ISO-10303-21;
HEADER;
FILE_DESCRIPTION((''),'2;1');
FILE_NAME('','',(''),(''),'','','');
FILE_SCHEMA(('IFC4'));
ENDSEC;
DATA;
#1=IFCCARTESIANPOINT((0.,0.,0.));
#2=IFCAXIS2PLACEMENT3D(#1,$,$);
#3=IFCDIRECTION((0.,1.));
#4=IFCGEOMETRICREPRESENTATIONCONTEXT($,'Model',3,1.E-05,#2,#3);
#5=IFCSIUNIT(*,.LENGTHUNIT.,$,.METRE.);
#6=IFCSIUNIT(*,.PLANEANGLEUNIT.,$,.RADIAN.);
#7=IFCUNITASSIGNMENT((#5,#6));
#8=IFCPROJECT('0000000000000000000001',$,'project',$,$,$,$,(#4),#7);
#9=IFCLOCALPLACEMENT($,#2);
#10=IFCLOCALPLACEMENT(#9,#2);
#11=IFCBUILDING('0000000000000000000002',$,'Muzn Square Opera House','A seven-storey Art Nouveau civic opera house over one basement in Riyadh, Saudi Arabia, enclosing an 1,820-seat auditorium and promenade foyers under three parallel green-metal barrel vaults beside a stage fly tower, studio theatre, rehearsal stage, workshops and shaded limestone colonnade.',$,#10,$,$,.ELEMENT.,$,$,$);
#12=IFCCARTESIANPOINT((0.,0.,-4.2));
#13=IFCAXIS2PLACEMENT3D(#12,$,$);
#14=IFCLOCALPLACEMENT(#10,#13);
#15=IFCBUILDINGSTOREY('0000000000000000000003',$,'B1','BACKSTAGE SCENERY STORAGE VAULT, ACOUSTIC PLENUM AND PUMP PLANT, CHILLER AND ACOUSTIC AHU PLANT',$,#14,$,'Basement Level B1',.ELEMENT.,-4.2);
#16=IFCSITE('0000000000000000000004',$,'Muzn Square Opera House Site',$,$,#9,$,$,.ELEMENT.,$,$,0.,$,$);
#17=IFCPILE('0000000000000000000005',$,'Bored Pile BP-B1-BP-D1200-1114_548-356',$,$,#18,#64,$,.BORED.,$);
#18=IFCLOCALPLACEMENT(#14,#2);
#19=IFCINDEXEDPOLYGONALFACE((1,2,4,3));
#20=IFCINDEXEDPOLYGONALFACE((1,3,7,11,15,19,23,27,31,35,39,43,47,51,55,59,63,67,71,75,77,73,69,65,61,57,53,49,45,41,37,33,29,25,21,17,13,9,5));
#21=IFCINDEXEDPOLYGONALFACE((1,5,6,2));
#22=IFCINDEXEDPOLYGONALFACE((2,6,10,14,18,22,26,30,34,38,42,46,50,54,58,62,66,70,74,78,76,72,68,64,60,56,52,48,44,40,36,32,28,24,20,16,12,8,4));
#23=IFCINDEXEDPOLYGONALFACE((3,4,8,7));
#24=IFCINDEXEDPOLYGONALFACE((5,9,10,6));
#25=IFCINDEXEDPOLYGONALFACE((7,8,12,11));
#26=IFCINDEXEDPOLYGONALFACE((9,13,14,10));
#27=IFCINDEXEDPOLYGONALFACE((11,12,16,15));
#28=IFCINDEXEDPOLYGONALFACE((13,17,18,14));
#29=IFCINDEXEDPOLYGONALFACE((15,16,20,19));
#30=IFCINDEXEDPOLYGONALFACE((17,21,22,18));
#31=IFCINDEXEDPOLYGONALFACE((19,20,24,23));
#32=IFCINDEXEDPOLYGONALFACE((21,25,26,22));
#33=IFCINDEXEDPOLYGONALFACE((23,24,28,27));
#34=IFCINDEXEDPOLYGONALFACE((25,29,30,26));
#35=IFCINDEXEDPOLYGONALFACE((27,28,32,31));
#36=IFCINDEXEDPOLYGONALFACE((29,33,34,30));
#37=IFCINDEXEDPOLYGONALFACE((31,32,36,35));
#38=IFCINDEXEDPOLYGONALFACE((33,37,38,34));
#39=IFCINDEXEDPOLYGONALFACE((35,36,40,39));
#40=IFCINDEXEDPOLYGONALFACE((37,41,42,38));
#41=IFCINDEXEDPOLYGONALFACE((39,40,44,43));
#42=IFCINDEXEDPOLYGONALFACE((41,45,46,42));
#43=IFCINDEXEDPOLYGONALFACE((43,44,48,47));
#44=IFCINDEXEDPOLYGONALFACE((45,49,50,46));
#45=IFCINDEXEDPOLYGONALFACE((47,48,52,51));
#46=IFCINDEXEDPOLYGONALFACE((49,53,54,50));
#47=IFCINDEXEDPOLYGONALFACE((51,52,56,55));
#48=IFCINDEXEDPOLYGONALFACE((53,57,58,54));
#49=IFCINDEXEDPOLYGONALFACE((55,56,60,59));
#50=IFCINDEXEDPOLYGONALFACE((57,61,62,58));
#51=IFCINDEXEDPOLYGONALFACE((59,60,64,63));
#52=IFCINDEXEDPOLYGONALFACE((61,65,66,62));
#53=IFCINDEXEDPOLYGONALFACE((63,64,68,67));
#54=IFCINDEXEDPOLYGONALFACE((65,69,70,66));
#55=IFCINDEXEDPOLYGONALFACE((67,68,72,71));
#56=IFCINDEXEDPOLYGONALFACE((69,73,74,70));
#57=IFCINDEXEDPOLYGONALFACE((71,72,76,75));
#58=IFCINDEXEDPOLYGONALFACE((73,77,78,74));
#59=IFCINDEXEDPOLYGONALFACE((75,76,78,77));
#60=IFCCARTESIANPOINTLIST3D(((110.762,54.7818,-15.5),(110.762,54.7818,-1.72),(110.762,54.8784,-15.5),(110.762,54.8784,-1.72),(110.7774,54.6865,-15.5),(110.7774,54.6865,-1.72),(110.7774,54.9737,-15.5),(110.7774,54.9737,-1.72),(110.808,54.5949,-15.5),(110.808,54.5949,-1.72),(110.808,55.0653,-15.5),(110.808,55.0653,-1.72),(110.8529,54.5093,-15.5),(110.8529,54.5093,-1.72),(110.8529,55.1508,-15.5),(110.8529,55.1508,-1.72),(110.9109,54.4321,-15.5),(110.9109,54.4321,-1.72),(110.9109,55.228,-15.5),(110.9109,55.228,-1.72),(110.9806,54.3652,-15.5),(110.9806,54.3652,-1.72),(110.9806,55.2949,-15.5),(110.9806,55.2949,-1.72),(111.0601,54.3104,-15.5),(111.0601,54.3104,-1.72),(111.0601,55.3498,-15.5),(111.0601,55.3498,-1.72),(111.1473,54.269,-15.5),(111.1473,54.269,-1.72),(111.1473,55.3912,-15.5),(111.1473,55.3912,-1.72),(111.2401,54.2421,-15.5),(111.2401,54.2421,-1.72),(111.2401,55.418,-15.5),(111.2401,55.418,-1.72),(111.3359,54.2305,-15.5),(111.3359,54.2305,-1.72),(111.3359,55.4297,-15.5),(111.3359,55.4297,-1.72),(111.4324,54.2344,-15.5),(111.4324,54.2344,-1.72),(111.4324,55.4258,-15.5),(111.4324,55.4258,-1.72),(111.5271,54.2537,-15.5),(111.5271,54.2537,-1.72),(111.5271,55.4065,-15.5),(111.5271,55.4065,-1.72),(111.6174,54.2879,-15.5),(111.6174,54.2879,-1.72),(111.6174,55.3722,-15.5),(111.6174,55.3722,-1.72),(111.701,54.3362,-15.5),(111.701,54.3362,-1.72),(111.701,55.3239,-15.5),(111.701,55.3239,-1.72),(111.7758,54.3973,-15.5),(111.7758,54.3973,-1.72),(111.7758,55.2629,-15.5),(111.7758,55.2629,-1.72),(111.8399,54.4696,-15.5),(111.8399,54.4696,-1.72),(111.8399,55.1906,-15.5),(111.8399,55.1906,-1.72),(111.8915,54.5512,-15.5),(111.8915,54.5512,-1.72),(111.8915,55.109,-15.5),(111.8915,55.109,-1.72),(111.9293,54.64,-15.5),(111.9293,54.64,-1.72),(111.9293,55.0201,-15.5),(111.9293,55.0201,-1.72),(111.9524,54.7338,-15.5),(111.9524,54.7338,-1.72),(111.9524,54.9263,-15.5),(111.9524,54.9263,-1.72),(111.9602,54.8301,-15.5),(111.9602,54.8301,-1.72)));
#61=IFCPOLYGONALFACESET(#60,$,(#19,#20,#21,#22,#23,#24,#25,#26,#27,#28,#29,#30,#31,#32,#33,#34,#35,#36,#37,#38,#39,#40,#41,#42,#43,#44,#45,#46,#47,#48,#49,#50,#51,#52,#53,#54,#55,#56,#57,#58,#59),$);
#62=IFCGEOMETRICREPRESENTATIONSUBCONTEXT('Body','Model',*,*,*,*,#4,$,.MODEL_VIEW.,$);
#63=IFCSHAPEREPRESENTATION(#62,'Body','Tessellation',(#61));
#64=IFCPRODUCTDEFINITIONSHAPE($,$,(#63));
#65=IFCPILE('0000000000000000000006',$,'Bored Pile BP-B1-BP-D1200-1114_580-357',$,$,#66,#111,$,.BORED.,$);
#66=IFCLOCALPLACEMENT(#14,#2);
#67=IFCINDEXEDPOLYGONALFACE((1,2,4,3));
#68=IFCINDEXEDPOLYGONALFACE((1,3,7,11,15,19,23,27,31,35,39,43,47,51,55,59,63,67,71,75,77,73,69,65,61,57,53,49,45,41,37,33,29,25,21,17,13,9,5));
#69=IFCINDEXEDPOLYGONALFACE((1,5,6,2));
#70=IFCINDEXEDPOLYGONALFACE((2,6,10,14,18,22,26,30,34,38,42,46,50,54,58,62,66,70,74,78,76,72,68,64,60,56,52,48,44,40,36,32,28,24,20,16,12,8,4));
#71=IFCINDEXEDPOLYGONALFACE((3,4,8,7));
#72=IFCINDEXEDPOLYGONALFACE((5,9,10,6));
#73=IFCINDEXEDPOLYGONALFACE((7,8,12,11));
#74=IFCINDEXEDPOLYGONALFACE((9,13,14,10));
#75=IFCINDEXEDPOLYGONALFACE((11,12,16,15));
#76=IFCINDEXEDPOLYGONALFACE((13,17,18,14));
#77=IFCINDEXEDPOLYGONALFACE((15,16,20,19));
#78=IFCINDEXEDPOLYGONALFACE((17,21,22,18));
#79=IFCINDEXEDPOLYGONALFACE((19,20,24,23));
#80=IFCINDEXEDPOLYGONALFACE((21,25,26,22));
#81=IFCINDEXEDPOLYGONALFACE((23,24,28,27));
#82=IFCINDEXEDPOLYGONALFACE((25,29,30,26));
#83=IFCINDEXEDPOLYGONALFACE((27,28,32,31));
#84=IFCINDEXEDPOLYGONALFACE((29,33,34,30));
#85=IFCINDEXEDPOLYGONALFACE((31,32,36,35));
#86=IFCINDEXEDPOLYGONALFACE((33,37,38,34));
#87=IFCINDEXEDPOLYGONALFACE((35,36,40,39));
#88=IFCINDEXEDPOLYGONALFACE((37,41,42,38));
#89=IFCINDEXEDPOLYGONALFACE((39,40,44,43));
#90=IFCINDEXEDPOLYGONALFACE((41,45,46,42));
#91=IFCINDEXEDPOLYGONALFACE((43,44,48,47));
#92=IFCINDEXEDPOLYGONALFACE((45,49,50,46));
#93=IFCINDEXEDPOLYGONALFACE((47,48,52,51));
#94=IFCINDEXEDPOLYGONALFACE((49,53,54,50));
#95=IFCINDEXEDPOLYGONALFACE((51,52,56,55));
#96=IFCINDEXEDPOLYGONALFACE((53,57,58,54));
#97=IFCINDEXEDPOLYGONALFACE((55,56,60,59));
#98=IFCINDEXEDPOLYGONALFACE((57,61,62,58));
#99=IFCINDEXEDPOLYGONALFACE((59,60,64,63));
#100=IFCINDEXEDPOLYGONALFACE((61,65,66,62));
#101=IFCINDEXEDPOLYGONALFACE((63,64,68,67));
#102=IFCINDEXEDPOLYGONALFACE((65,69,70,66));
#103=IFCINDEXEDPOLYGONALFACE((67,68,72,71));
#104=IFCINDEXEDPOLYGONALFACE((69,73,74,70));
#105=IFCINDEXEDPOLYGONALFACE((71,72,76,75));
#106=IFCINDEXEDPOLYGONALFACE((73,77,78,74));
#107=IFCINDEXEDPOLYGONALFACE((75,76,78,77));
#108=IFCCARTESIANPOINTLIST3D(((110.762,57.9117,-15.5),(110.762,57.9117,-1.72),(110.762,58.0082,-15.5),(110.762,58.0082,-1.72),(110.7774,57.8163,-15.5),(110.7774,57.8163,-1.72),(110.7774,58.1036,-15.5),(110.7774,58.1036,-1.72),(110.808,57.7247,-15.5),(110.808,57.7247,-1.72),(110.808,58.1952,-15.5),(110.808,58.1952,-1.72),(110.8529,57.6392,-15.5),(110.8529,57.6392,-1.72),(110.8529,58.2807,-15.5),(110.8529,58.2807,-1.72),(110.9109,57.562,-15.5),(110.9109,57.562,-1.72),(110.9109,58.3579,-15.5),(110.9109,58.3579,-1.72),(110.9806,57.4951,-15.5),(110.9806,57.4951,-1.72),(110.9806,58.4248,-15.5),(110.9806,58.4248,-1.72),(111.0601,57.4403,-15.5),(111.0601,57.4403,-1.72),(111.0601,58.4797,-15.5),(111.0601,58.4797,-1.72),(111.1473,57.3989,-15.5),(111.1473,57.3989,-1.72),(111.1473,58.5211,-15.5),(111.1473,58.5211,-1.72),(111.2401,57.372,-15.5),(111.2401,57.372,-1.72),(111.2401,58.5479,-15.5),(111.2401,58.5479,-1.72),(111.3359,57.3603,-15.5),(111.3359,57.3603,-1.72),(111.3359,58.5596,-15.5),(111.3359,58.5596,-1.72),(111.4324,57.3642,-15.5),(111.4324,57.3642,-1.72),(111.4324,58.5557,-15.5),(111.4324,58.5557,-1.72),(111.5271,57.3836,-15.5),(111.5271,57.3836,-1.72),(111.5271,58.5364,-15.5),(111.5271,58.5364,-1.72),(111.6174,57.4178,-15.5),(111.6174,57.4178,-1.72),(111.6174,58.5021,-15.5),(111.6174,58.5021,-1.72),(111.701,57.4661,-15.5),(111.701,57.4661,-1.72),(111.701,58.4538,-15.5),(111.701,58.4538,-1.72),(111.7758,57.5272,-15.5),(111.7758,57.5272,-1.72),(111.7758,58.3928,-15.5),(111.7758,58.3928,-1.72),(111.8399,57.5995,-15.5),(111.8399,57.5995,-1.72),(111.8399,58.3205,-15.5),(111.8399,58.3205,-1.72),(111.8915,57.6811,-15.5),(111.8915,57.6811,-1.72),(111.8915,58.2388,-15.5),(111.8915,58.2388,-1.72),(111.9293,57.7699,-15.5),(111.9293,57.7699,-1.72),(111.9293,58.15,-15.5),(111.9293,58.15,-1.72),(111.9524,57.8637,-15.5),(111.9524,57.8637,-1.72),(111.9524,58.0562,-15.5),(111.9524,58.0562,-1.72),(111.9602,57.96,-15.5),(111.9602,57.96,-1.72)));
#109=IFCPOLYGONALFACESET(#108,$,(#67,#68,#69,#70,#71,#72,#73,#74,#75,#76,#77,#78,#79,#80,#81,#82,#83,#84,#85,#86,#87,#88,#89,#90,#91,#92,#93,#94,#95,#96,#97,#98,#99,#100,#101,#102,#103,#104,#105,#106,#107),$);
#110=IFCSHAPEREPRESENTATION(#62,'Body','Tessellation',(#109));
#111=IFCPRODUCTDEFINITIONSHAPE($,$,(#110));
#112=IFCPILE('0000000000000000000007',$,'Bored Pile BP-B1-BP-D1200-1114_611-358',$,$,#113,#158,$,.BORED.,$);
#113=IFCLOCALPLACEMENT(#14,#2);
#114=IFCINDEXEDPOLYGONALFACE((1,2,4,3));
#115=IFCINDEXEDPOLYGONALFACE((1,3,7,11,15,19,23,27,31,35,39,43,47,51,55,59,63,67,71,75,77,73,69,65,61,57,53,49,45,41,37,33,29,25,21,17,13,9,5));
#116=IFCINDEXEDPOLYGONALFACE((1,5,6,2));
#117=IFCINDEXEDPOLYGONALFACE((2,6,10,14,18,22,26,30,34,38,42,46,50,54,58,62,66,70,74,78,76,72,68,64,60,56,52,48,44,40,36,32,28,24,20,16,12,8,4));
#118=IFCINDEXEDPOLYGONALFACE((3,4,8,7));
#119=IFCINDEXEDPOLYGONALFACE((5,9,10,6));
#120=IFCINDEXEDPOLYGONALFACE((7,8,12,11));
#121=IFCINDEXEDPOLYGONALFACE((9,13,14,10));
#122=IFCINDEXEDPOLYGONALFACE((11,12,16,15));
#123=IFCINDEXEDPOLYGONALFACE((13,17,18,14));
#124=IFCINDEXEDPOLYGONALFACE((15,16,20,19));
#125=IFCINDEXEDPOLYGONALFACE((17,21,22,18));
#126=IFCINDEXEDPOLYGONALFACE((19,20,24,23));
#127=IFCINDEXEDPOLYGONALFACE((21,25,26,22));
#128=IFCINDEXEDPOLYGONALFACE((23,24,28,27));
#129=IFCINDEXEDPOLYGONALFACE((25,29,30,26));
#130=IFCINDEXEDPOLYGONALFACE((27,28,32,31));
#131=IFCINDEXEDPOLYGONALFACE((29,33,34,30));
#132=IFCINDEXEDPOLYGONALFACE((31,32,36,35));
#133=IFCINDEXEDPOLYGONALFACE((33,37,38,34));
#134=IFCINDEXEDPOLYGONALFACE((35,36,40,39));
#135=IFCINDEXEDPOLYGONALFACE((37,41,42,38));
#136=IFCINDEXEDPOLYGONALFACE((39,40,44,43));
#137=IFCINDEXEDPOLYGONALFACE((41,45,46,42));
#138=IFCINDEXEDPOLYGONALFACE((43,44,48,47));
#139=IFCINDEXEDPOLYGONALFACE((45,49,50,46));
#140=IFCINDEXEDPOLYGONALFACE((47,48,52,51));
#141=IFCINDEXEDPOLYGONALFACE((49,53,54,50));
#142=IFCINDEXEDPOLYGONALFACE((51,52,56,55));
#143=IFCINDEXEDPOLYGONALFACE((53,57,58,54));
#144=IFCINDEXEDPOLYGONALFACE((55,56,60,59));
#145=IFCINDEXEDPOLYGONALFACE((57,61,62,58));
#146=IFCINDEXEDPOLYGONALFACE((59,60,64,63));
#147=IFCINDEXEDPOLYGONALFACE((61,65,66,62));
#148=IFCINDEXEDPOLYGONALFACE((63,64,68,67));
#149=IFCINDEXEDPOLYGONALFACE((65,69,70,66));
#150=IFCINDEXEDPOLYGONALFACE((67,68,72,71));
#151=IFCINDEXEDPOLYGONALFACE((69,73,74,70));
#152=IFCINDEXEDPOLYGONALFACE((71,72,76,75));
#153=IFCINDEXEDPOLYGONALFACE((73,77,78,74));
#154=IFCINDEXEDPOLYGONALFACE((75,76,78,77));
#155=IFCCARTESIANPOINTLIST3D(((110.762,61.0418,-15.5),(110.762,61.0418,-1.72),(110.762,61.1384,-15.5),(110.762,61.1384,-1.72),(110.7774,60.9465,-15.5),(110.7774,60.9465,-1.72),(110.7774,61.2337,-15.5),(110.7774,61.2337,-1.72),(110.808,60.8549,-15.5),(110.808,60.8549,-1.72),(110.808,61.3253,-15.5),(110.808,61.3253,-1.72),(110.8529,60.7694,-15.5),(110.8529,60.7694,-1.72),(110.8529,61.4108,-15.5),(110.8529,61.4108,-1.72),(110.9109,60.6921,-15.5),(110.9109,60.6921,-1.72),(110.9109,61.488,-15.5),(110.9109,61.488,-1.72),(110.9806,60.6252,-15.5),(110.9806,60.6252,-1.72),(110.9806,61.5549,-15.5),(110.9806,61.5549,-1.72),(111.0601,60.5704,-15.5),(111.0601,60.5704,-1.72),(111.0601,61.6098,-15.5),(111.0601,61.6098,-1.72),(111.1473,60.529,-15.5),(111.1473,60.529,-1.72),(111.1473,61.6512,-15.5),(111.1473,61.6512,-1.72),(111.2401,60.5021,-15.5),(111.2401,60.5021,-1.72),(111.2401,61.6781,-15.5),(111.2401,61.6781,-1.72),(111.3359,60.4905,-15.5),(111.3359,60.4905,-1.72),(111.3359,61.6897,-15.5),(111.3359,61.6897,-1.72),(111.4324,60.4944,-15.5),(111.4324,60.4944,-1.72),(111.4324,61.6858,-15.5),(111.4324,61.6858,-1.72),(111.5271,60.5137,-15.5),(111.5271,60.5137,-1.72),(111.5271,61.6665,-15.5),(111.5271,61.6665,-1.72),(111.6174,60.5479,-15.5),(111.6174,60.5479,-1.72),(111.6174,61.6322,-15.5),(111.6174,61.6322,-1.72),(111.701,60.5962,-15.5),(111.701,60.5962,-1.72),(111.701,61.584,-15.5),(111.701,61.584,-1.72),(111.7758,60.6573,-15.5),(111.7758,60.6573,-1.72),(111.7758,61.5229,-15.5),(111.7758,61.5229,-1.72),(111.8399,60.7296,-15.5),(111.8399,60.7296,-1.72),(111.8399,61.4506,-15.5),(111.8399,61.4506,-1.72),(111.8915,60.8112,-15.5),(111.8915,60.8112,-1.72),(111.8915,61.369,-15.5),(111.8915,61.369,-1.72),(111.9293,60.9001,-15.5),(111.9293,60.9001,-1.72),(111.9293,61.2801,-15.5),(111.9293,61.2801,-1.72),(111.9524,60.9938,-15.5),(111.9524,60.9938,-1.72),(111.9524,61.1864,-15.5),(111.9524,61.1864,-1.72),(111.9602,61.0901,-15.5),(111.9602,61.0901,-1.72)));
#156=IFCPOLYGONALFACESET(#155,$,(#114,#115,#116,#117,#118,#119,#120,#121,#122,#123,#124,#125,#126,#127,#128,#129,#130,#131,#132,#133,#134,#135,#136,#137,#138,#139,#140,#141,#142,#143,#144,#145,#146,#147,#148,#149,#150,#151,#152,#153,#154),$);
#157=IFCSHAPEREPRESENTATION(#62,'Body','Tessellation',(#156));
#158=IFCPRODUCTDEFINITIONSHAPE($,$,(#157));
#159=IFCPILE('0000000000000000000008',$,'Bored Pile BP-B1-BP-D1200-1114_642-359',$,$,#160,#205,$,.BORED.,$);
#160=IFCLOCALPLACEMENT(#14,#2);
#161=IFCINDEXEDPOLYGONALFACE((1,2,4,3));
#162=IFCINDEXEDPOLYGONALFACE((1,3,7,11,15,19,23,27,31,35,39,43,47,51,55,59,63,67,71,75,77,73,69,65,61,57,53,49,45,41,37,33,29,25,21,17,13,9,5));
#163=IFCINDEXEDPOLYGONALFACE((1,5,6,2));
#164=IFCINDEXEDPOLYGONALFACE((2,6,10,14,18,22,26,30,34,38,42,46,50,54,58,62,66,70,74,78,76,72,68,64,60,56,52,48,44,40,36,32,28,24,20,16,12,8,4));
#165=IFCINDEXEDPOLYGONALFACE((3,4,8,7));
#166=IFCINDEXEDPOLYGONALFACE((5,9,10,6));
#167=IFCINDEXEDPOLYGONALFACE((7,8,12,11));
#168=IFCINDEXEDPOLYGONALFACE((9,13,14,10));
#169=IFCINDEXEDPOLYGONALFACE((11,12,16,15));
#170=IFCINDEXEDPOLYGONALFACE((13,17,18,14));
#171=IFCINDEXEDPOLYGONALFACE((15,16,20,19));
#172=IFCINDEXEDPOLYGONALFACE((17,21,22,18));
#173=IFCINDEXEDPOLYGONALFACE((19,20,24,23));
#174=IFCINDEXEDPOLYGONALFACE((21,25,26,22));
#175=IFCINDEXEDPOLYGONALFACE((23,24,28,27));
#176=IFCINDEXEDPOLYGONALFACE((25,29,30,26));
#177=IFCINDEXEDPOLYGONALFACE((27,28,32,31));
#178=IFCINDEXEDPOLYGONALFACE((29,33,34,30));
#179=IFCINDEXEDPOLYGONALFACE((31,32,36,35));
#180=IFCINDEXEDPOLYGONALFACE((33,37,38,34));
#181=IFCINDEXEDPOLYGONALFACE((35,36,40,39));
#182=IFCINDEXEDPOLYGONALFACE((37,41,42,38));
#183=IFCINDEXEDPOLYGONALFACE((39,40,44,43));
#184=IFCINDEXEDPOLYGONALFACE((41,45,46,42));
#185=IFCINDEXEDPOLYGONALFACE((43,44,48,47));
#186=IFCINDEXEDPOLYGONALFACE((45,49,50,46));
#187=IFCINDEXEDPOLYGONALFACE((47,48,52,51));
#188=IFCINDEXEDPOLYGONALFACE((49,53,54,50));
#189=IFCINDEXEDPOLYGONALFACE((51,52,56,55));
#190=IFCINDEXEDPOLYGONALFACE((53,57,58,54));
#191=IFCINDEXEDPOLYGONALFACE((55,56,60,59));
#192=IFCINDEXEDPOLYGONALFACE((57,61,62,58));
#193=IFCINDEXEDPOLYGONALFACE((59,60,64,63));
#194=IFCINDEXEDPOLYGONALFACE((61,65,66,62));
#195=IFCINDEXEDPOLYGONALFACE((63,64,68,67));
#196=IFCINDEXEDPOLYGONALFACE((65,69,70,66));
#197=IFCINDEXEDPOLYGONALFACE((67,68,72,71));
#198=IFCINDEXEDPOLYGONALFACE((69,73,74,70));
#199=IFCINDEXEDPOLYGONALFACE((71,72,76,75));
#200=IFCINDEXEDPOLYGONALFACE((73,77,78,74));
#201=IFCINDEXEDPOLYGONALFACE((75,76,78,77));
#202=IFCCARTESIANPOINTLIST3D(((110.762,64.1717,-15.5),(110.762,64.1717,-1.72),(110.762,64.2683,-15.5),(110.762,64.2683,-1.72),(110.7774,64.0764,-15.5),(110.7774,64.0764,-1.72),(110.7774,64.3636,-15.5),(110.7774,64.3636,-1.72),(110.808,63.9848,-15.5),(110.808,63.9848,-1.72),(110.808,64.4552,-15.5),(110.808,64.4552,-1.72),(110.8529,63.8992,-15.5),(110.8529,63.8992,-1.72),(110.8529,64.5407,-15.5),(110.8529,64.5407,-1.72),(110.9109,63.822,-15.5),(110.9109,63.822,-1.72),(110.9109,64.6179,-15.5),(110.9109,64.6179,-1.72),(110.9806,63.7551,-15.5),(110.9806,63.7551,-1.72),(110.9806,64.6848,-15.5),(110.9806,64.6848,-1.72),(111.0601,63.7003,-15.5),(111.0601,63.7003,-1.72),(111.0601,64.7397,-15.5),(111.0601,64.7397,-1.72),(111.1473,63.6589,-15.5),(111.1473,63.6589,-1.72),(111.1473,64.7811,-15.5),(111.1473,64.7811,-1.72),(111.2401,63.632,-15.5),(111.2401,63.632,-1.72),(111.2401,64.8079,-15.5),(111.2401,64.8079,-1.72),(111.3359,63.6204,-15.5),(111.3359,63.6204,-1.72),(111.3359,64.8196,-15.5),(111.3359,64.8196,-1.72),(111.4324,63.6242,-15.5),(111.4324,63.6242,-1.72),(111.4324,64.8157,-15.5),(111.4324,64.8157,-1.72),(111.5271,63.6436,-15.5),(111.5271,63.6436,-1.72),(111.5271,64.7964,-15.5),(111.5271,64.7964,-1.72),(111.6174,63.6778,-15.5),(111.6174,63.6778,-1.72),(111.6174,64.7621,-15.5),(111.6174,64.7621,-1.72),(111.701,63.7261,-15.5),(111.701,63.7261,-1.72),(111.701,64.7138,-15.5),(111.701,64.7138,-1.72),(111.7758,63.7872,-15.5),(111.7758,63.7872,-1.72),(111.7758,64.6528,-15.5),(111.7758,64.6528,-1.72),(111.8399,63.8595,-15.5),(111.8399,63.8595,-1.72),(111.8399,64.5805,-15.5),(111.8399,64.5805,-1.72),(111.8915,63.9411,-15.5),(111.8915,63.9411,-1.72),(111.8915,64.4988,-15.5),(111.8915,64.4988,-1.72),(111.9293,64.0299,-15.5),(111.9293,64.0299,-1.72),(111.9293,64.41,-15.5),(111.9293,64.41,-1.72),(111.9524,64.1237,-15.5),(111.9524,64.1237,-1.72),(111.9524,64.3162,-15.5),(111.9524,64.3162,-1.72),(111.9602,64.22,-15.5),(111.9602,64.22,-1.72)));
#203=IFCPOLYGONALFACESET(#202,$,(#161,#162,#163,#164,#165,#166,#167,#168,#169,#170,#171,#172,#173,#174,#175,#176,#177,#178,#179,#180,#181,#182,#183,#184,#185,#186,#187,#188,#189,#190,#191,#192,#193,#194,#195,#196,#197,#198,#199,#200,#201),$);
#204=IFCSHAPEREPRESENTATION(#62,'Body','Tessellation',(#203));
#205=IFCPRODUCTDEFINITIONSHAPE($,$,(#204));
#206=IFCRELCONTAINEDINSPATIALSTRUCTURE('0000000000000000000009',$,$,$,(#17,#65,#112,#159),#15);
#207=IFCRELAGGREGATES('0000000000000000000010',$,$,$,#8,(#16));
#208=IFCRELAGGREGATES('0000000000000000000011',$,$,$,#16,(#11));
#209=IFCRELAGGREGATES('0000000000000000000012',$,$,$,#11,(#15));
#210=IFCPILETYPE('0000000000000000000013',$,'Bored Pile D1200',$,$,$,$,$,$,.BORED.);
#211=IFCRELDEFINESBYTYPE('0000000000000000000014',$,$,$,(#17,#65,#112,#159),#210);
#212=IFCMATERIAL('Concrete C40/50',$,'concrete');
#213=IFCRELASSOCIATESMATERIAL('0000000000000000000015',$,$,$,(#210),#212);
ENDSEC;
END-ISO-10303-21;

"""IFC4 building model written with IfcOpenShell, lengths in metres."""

from ifc_helpers import new_model, si_unit, direction, frame, origin, origin_2d, place, context, subcontext, project, spatial, circle, extrude, material, material_profile, profile_set, type_object, element, save


model = new_model("IFC4")

# Units and contexts
model_context = context("Model", 3, precision=1e-05, world=origin(), true_north=direction((0.0, 1.0)))
body_context = subcontext(model_context, "Body", "Model", "MODEL_VIEW")
ifc_project = project(units=[si_unit("LENGTHUNIT", "METRE"), si_unit("PLANEANGLEUNIT", "RADIAN")], contexts=[model_context])

# Site, building, storey
site_placement = place(None, origin())
site = spatial("IfcSite", under=ifc_project, at=site_placement, Name="Muzn Square Opera House Site", CompositionType="ELEMENT", RefElevation=0.0)
building_placement = place(site_placement, origin())
building = spatial("IfcBuilding", under=site, at=building_placement, Name="Muzn Square Opera House", Description="A seven-storey Art Nouveau civic opera house over one basement in Riyadh, Saudi Arabia, enclosing an 1,820-seat auditorium and promenade foyers under three parallel green-metal barrel vaults beside a stage fly tower, studio theatre, rehearsal stage, workshops and shaded limestone colonnade.", CompositionType="ELEMENT")
storey_placement = place(building_placement, frame((0.0, 0.0, -4.2)))
storey = spatial("IfcBuildingStorey", under=building, at=storey_placement, Name="B1", Description="BACKSTAGE SCENERY STORAGE VAULT, ACOUSTIC PLENUM AND PUMP PLANT, CHILLER AND ACOUSTIC AHU PLANT", LongName="Basement Level B1", CompositionType="ELEMENT", Elevation=-4.2)

# Piles
ifc_material_1 = material(Name="Concrete C40/50", Category="concrete")
ifc_material_profile_1 = material_profile(ifc_material_1, circle(Radius=0.6001, at=origin_2d()), Name="BORED PILE D1200", Category="concrete")
ifc_profile_set_1 = profile_set([ifc_material_profile_1], Name="Concrete C40/50")
pile_type = type_object("IfcPileType", Name="Bored Pile D1200", PredefinedType="BORED", material=ifc_profile_set_1)
for number, where, z_axis, x_axis, name in (
    (1, (111.3601, 54.8301, -1.72), (0.0, 0.0, -1.0), (1.0, 0.0, 0.0), "Bored Pile BP-B1-BP-D1200-1114_548-356"),
    (2, (111.3601, 57.96, -1.72), (0.0, 0.0, -1.0), (1.0, 0.0, 0.0), "Bored Pile BP-B1-BP-D1200-1114_580-357"),
    (3, (111.3601, 61.0901, -1.72), (0.0, 0.0, -1.0), (1.0, 0.0, 0.0), "Bored Pile BP-B1-BP-D1200-1114_611-358"),
    (4, (111.3601, 64.22, -1.72), (0.0, 0.0, -1.0), (1.0, 0.0, 0.0), "Bored Pile BP-B1-BP-D1200-1114_642-359"),
):
    element("IfcPile", number, at=place(storey_placement, frame(where, z_axis=z_axis, x_axis=x_axis)), inside=storey, type_object=pile_type, Name=name, PredefinedType="BORED", context=body_context, shape_type="SweptSolid", body=[
        extrude(circle(Radius=0.6001, at=origin_2d()), origin(), (0.0, 0.0, 1.0), 13.78),
    ])

save(model, "model.ifc")
